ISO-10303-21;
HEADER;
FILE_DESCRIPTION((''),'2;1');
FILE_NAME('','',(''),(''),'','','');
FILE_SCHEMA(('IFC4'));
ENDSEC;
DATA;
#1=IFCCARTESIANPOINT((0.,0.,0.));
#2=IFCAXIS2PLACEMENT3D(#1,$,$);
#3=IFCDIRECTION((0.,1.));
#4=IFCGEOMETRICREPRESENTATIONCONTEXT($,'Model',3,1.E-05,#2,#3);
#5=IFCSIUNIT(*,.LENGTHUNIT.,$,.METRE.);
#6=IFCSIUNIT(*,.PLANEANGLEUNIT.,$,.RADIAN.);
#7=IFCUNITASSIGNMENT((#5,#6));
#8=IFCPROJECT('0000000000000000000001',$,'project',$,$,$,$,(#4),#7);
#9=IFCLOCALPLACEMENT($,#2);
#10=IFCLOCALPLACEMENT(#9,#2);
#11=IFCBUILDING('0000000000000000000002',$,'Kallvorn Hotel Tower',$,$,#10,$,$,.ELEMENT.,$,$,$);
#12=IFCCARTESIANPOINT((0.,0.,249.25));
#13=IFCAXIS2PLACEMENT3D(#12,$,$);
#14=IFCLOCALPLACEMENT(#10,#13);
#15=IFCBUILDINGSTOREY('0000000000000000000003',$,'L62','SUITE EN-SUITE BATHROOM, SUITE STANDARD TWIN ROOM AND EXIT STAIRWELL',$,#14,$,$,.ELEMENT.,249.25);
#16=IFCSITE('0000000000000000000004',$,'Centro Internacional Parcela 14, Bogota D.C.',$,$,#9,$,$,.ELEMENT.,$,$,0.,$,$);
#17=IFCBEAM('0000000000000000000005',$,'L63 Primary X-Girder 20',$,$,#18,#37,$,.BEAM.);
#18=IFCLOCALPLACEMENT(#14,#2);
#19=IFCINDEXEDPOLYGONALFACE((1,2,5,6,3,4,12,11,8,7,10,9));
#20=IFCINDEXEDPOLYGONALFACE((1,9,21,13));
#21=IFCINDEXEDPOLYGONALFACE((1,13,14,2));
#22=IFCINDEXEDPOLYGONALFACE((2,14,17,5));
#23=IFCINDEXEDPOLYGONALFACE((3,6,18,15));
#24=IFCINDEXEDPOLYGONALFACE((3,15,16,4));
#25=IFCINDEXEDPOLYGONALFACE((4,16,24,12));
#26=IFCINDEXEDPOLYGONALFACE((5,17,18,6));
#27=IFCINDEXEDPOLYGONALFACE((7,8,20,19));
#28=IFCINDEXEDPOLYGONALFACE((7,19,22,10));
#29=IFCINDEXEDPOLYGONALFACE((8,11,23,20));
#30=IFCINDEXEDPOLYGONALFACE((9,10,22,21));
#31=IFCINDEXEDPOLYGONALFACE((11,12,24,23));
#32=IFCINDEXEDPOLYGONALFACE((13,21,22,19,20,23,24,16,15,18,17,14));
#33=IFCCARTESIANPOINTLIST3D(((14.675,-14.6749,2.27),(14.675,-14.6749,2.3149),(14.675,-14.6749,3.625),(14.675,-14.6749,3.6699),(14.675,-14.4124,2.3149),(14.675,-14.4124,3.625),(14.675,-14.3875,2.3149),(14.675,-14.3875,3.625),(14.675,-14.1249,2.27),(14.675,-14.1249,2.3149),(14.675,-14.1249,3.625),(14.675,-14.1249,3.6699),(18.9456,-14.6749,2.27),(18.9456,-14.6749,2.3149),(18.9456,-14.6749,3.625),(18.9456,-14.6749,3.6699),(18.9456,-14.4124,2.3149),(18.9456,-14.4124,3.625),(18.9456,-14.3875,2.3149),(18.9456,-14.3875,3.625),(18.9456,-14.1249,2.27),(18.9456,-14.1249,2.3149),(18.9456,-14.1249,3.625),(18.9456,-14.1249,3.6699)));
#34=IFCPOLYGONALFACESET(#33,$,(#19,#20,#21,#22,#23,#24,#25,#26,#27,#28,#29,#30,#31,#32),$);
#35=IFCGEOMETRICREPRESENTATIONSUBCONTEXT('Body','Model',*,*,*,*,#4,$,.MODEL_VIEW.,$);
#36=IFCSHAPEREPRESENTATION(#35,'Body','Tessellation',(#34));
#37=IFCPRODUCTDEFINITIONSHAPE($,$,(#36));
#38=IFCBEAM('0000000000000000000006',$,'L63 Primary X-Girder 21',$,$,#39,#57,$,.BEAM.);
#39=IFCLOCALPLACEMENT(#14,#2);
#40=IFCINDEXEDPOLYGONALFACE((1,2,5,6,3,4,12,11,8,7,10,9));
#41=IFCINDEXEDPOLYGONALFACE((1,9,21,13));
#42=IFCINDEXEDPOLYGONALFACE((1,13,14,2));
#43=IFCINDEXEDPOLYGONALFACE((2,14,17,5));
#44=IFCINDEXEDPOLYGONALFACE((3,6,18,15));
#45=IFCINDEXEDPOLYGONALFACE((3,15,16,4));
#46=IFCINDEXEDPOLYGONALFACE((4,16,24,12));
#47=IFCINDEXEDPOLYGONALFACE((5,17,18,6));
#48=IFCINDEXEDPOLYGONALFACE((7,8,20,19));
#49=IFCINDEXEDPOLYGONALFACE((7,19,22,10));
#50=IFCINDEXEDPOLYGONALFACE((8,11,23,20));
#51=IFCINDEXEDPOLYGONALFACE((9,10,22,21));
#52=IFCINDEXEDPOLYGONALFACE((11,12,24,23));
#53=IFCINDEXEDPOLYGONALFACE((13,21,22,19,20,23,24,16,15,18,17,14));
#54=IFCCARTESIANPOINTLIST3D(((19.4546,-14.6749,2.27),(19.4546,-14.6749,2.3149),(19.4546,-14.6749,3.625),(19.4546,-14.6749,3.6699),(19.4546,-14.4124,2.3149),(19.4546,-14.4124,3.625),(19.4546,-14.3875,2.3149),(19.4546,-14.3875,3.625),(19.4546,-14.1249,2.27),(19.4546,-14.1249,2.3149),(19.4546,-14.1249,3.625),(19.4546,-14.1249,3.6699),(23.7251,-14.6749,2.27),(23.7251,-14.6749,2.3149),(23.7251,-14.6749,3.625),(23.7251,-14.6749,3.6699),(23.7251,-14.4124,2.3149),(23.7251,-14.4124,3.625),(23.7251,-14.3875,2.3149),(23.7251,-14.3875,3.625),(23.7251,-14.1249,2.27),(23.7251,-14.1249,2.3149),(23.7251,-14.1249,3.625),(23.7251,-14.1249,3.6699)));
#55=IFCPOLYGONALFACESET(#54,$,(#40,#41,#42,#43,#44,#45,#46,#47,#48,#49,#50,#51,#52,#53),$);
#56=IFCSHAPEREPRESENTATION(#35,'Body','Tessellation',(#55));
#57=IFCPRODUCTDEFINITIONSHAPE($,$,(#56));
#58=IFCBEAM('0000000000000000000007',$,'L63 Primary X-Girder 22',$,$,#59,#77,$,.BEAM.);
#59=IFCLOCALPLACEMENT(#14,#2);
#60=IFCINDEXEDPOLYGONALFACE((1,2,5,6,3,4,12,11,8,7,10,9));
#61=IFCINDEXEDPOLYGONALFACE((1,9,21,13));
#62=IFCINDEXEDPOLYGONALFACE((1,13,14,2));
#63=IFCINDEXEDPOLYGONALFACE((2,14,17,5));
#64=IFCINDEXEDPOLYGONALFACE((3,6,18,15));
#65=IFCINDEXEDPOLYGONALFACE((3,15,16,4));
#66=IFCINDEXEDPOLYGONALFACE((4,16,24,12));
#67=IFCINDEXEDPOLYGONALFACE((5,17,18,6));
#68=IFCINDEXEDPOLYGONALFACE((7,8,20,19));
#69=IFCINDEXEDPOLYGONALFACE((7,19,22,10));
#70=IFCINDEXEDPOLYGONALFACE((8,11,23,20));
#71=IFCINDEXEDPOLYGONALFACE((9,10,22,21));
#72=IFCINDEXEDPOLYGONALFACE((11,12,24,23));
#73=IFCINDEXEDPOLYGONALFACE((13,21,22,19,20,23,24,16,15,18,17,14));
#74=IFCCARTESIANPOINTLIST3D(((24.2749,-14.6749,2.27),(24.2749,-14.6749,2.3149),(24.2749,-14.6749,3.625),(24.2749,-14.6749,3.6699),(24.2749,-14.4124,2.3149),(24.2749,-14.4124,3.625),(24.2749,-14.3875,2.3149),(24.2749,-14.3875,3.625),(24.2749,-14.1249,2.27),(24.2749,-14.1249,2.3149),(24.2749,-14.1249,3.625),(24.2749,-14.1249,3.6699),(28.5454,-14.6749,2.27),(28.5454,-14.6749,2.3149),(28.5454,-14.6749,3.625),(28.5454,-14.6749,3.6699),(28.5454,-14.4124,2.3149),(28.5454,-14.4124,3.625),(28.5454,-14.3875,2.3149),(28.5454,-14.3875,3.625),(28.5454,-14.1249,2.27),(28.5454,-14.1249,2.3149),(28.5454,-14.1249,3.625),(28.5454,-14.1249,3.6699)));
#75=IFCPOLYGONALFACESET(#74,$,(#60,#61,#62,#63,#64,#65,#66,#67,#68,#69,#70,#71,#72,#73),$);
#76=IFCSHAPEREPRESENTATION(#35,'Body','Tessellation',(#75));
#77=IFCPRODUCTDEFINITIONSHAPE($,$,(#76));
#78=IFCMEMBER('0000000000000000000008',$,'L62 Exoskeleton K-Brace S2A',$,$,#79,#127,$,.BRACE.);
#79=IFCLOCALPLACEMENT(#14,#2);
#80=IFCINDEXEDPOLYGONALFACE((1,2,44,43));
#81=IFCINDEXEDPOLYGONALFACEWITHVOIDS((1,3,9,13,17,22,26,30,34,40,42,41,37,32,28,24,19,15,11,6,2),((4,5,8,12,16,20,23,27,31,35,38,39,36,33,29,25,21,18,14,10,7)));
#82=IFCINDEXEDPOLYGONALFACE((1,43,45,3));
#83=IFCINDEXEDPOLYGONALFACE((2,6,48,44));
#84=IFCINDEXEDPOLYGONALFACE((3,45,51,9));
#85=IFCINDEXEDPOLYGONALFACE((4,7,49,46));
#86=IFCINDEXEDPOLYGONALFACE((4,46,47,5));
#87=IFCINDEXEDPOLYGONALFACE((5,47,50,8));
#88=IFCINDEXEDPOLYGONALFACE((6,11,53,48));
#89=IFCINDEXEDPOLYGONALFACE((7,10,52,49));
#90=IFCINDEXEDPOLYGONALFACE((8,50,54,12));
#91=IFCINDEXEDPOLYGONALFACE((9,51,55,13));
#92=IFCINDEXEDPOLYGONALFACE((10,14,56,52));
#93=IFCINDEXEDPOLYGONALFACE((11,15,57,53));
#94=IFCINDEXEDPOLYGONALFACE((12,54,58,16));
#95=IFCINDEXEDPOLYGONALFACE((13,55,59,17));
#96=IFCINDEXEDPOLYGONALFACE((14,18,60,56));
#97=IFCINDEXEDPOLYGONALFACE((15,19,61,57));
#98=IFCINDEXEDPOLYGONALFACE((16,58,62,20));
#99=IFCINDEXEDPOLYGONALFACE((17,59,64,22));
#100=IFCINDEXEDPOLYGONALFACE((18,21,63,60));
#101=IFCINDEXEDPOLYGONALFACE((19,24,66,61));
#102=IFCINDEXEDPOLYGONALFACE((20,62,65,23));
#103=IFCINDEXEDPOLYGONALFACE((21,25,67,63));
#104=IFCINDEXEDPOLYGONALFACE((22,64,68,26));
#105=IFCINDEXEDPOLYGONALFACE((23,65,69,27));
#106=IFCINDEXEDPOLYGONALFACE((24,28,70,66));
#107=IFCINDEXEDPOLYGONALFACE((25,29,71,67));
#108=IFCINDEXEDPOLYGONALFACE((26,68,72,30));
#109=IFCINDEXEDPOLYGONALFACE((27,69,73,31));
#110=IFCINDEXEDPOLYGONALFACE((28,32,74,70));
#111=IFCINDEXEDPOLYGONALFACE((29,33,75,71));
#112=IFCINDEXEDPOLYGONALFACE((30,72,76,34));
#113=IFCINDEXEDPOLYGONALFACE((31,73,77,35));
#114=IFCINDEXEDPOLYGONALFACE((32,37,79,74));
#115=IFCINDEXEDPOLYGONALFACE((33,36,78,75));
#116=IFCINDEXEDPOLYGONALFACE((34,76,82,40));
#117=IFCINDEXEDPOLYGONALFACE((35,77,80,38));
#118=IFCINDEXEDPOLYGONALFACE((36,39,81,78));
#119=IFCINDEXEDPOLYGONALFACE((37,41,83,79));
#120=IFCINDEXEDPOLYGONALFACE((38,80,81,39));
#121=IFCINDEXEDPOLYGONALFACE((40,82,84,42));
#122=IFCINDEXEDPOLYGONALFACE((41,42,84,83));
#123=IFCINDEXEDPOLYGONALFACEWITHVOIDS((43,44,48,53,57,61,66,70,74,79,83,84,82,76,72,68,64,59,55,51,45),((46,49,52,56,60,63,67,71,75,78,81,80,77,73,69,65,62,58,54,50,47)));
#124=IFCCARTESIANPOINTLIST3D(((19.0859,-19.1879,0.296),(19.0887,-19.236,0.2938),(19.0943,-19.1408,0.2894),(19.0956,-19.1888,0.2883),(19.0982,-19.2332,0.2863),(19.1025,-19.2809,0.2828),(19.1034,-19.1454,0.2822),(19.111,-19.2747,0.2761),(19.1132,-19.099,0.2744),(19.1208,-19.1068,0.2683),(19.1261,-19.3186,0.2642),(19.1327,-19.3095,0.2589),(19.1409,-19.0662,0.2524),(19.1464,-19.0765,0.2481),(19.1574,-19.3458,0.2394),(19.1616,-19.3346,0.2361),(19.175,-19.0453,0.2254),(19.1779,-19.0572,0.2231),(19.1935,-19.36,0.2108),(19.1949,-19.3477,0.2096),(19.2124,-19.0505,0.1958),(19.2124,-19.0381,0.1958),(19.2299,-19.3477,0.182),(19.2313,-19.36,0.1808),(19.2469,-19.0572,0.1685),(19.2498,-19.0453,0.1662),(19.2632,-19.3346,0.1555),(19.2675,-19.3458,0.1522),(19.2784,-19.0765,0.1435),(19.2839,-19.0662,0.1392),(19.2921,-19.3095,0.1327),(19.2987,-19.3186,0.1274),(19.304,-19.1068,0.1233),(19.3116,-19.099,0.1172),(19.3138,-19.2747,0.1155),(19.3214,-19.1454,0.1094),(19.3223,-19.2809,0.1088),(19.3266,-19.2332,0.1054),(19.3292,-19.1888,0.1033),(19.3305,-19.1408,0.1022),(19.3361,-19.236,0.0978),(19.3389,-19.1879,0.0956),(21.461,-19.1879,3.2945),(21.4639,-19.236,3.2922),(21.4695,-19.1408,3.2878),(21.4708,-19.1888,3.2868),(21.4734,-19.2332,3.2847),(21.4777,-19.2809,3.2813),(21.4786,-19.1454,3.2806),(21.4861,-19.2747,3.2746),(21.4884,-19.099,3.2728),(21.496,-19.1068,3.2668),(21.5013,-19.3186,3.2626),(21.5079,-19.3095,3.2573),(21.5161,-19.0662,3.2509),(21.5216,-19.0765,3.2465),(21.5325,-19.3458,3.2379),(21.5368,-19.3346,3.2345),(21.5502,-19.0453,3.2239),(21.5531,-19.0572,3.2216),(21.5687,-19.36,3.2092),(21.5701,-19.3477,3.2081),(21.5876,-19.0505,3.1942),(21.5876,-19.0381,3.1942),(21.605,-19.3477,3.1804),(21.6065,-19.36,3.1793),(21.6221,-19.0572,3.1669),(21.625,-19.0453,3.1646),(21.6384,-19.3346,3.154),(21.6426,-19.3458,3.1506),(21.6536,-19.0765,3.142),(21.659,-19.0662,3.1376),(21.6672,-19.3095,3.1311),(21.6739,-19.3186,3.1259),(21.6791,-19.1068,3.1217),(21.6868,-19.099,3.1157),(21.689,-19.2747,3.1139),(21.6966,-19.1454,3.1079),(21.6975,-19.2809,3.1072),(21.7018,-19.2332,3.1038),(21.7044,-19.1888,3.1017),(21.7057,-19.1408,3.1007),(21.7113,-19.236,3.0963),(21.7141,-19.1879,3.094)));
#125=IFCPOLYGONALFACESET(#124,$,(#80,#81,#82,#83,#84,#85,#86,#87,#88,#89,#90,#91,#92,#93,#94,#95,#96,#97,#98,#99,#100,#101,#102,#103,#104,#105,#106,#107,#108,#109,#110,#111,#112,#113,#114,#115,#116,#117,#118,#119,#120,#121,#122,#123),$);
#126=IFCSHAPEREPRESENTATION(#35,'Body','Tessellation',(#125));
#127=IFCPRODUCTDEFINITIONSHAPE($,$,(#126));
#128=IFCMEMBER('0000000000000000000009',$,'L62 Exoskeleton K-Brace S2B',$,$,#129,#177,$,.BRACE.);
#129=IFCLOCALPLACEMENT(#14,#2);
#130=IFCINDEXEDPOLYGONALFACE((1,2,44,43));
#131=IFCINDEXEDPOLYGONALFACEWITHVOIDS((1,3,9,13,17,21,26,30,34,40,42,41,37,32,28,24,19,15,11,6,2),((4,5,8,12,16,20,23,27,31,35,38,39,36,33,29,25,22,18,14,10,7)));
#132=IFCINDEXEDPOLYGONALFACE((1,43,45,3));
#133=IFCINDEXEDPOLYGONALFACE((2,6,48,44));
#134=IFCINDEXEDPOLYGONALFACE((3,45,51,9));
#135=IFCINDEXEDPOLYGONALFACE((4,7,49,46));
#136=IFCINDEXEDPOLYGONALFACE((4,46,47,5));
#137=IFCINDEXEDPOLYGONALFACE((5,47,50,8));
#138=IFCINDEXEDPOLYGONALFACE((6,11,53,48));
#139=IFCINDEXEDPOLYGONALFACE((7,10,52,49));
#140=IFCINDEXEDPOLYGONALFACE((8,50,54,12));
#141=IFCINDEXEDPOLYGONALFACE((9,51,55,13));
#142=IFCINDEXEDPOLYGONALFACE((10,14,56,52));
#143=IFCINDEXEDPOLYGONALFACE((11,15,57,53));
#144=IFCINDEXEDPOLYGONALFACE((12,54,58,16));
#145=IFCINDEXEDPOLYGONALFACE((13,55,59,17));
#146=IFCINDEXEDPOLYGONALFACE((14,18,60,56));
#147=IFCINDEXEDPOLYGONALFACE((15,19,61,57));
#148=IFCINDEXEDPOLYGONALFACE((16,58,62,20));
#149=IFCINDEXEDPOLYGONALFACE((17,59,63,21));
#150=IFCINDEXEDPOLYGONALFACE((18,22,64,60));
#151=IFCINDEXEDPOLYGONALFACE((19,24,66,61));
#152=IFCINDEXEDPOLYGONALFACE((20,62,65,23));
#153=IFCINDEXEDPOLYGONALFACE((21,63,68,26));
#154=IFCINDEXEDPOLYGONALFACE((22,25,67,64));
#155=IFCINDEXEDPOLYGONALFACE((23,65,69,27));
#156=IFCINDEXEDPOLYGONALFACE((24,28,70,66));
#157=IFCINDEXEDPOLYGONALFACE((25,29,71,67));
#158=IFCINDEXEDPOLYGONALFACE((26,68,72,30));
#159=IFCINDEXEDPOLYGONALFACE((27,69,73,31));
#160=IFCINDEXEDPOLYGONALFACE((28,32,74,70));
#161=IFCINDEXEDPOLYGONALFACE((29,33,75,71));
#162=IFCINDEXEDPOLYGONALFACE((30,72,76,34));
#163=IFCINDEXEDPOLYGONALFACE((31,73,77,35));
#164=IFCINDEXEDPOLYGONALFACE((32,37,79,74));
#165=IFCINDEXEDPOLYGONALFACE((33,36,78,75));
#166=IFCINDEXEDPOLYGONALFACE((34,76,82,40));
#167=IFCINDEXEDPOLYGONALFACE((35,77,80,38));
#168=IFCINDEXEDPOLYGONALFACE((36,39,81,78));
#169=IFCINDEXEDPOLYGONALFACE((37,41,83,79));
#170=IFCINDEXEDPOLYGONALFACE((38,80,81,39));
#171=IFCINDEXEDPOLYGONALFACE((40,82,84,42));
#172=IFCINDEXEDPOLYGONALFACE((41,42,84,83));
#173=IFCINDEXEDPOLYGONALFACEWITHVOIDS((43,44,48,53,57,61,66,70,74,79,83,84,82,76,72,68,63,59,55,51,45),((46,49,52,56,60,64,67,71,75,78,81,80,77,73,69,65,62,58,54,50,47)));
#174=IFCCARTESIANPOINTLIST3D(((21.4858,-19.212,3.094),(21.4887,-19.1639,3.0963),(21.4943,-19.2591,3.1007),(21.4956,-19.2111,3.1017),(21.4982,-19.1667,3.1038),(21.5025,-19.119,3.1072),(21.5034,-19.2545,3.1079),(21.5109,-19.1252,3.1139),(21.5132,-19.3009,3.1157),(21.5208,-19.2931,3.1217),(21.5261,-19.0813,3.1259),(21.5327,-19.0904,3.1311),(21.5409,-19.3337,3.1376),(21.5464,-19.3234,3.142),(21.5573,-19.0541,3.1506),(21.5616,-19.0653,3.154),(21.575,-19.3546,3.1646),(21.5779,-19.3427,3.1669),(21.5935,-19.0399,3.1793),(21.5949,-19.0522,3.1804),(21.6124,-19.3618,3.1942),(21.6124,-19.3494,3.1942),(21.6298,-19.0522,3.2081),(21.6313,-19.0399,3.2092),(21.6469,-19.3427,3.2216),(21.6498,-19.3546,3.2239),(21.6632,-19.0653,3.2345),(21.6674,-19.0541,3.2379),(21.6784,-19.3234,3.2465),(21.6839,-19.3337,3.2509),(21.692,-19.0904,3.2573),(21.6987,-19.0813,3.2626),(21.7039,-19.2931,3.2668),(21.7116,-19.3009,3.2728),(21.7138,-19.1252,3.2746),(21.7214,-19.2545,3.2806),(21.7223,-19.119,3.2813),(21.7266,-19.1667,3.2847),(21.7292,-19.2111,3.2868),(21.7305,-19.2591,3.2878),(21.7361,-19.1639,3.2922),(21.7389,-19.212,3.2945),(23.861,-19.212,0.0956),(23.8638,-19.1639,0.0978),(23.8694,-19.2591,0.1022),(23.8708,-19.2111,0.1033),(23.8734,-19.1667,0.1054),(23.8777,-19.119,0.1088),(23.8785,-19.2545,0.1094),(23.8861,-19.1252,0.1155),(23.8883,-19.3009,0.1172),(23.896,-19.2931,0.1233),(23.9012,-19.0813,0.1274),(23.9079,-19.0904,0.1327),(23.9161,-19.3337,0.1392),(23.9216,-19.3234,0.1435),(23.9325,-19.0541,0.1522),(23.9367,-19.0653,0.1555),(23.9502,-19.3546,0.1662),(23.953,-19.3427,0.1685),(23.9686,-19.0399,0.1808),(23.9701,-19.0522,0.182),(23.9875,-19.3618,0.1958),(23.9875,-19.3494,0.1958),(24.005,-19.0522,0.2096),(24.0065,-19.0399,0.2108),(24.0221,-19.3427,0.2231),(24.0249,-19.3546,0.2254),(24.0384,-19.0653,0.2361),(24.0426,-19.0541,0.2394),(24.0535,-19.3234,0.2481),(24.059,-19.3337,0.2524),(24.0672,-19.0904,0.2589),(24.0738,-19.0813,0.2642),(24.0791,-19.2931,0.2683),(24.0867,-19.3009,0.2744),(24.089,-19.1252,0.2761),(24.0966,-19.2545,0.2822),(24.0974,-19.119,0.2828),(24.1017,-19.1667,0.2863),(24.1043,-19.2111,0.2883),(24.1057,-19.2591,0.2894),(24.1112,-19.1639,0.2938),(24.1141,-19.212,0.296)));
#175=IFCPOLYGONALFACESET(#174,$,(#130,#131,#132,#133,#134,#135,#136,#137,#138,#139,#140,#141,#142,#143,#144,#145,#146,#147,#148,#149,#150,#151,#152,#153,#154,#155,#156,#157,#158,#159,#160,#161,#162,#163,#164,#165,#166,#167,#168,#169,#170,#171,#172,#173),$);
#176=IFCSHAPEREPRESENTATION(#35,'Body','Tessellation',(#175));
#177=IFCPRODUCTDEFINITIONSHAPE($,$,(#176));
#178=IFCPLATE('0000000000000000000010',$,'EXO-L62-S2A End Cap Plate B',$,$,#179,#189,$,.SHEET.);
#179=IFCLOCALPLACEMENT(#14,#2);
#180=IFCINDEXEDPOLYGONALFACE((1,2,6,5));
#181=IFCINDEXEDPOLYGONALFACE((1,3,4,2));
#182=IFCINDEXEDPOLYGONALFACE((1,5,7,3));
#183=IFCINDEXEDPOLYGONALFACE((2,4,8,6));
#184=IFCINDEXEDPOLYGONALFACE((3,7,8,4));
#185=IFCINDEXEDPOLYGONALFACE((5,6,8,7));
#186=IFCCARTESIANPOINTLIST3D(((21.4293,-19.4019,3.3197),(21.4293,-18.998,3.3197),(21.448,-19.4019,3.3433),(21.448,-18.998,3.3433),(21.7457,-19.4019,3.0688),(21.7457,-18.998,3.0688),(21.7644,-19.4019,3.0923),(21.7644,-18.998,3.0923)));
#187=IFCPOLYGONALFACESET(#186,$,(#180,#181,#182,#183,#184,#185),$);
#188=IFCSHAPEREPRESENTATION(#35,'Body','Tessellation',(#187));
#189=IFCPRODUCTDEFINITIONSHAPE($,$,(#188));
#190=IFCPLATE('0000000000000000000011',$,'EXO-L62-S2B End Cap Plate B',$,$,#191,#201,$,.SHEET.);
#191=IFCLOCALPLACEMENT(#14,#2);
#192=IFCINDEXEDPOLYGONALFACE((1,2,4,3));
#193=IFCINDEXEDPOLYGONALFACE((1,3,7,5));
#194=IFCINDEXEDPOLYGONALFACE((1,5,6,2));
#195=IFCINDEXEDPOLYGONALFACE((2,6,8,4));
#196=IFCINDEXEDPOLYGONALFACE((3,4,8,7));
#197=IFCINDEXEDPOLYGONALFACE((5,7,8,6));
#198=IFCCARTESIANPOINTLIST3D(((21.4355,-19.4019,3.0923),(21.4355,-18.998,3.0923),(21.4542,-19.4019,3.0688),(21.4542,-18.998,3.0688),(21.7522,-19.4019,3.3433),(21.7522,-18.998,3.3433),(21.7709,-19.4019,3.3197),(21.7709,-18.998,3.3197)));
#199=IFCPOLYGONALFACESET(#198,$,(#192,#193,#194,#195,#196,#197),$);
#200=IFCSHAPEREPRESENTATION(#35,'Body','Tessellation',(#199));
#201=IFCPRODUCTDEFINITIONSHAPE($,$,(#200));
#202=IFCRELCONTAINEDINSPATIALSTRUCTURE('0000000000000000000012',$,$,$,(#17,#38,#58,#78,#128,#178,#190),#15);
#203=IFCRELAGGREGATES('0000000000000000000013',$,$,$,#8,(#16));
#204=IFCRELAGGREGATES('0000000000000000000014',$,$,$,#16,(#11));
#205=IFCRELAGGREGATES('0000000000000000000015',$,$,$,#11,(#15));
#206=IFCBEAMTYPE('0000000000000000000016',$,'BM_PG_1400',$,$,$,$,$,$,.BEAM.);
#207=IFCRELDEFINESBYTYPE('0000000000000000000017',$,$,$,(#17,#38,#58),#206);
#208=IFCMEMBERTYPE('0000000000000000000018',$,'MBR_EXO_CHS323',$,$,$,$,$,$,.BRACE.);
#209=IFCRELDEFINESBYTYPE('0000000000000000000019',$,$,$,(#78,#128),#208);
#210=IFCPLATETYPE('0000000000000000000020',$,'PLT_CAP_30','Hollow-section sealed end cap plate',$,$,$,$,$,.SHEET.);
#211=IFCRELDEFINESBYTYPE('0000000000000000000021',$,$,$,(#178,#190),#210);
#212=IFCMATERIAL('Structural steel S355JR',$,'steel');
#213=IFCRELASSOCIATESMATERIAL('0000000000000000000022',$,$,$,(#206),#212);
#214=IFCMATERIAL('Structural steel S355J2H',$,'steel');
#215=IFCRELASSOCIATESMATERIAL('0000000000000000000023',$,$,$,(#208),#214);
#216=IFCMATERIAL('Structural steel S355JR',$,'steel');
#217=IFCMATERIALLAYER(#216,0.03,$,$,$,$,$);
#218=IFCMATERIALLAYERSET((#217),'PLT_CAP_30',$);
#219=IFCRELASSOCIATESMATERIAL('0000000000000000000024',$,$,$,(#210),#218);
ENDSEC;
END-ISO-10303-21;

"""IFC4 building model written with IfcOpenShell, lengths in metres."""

from ifc_helpers import new_model, si_unit, direction, frame, origin, origin_2d, place, context, subcontext, project, spatial, polyline, hollow_circle, i_section, outline, extrude, material, layer, layer_set, material_profile, profile_set, type_object, element, save


model = new_model("IFC4")

# Units and contexts
model_context = context("Model", 3, precision=1e-05, world=origin(), true_north=direction((0.0, 1.0)))
body_context = subcontext(model_context, "Body", "Model", "MODEL_VIEW")
ifc_project = project(units=[si_unit("LENGTHUNIT", "METRE"), si_unit("PLANEANGLEUNIT", "RADIAN")], contexts=[model_context])

# Site, building, storey
site_placement = place(None, origin())
site = spatial("IfcSite", under=ifc_project, at=site_placement, Name="Centro Internacional Parcela 14, Bogota D.C.", CompositionType="ELEMENT", RefElevation=0.0)
building_placement = place(site_placement, origin())
building = spatial("IfcBuilding", under=site, at=building_placement, Name="Kallvorn Hotel Tower", CompositionType="ELEMENT")
storey_placement = place(building_placement, frame((0.0, 0.0, 249.25)))
storey = spatial("IfcBuildingStorey", under=building, at=storey_placement, Name="L62", Description="SUITE EN-SUITE BATHROOM, SUITE STANDARD TWIN ROOM AND EXIT STAIRWELL", CompositionType="ELEMENT", Elevation=249.25)

# Beams
ifc_material_1 = material(Name="Structural steel S355JR", Category="steel")
ifc_material_profile_1 = material_profile(ifc_material_1, i_section(OverallWidth=0.55, OverallDepth=1.3999, WebThickness=0.0249, FlangeThickness=0.0449, at=origin_2d()), Name="PG 1400x550x25x45")
ifc_profile_set_1 = profile_set([ifc_material_profile_1], Name="Structural steel S355JR")
beam_type_1 = type_object("IfcBeamType", Name="BM_PG_1400", PredefinedType="BEAM", material=ifc_profile_set_1)
for number, where, z_axis, x_axis, name in (
    (1, (14.675, -14.3999, 2.97), (1.0, 0.0, 0.0), (0.0, 1.0, 0.0), "L63 Primary X-Girder 20"),
    (2, (19.4546, -14.3999, 2.97), (1.0, 0.0, 0.0), (0.0, 1.0, 0.0), "L63 Primary X-Girder 21"),
    (3, (24.2749, -14.3999, 2.97), (1.0, 0.0, 0.0), (0.0, 1.0, 0.0), "L63 Primary X-Girder 22"),
):
    element("IfcBeam", number, at=place(storey_placement, frame(where, z_axis=z_axis, x_axis=x_axis)), inside=storey, type_object=beam_type_1, Name=name, PredefinedType="BEAM", context=body_context, shape_type="SweptSolid", body=[
        extrude(i_section(OverallWidth=0.55, OverallDepth=1.3999, WebThickness=0.0249, FlangeThickness=0.0449, at=origin_2d()), origin(), (0.0, 0.0, 1.0), 4.2705),
    ])

# Members
ifc_material_2 = material(Name="Structural steel S355J2H", Category="steel")
ifc_material_profile_2 = material_profile(ifc_material_2, hollow_circle(Radius=0.1619, WallThickness=0.0125, at=origin_2d()), Name="CHS 323.9x12.5")
ifc_profile_set_2 = profile_set([ifc_material_profile_2], Name="Structural steel S355J2H")
member_type = type_object("IfcMemberType", Name="MBR_EXO_CHS323", PredefinedType="BRACE", material=ifc_profile_set_2)
for number, where, z_axis, x_axis, name in (
    (4, (19.2124, -19.2, 0.1958), (0.620929, 0.0, 0.783867), (0.0, 1.0, 0.0), "L62 Exoskeleton K-Brace S2A"),
    (5, (23.9875, -19.2, 0.1958), (-0.620929, 0.0, 0.783867), (0.0, -1.0, 0.0), "L62 Exoskeleton K-Brace S2B"),
):
    element("IfcMember", number, at=place(storey_placement, frame(where, z_axis=z_axis, x_axis=x_axis)), inside=storey, type_object=member_type, Name=name, PredefinedType="BRACE", context=body_context, shape_type="SweptSolid", body=[
        extrude(hollow_circle(Radius=0.1619, WallThickness=0.0125, at=origin_2d()), origin(), (0.0, 0.0, 1.0), 3.8252),
    ])

# Plates
ifc_material_3 = material(Name="Structural steel S355JR", Category="steel")
ifc_layer_1 = layer(ifc_material_3, 0.03)
ifc_layer_set_1 = layer_set([ifc_layer_1], Name="PLT_CAP_30")
plate_type_1 = type_object("IfcPlateType", Name="PLT_CAP_30", Description="Hollow-section sealed end cap plate", PredefinedType="SHEET", material=ifc_layer_set_1)
plate_1_placement = place(storey_placement, frame((21.7644, -19.4019, 3.0923), z_axis=(0.621446, 0.0, 0.783457), x_axis=(0.0, 1.0, 0.0)))
element("IfcPlate", 6, at=plate_1_placement, inside=storey, type_object=plate_type_1, Name="EXO-L62-S2A End Cap Plate B", PredefinedType="SHEET", context=body_context, shape_type="SweptSolid", body=[
    extrude(outline(polyline([(0.0, 0.0), (0.4038, 0.0), (0.4038, 0.4039), (0.0, 0.4039), (0.0, 0.0)])), origin(), (0.0, 0.0, -1.0), 0.03),
])
plate_2_placement = place(storey_placement, frame((21.4355, -18.998, 3.0923), z_axis=(-0.621152, 0.0, 0.78369), x_axis=(0.0, -1.0, 0.0)))
element("IfcPlate", 7, at=plate_2_placement, inside=storey, type_object=plate_type_1, Name="EXO-L62-S2B End Cap Plate B", PredefinedType="SHEET", context=body_context, shape_type="SweptSolid", body=[
    extrude(outline(polyline([(0.0, 0.0), (0.4038, 0.0), (0.4038, 0.4041), (0.0, 0.4041), (0.0, 0.0)])), origin(), (0.0, 0.0, -1.0), 0.03),
])

save(model, "model.ifc")
